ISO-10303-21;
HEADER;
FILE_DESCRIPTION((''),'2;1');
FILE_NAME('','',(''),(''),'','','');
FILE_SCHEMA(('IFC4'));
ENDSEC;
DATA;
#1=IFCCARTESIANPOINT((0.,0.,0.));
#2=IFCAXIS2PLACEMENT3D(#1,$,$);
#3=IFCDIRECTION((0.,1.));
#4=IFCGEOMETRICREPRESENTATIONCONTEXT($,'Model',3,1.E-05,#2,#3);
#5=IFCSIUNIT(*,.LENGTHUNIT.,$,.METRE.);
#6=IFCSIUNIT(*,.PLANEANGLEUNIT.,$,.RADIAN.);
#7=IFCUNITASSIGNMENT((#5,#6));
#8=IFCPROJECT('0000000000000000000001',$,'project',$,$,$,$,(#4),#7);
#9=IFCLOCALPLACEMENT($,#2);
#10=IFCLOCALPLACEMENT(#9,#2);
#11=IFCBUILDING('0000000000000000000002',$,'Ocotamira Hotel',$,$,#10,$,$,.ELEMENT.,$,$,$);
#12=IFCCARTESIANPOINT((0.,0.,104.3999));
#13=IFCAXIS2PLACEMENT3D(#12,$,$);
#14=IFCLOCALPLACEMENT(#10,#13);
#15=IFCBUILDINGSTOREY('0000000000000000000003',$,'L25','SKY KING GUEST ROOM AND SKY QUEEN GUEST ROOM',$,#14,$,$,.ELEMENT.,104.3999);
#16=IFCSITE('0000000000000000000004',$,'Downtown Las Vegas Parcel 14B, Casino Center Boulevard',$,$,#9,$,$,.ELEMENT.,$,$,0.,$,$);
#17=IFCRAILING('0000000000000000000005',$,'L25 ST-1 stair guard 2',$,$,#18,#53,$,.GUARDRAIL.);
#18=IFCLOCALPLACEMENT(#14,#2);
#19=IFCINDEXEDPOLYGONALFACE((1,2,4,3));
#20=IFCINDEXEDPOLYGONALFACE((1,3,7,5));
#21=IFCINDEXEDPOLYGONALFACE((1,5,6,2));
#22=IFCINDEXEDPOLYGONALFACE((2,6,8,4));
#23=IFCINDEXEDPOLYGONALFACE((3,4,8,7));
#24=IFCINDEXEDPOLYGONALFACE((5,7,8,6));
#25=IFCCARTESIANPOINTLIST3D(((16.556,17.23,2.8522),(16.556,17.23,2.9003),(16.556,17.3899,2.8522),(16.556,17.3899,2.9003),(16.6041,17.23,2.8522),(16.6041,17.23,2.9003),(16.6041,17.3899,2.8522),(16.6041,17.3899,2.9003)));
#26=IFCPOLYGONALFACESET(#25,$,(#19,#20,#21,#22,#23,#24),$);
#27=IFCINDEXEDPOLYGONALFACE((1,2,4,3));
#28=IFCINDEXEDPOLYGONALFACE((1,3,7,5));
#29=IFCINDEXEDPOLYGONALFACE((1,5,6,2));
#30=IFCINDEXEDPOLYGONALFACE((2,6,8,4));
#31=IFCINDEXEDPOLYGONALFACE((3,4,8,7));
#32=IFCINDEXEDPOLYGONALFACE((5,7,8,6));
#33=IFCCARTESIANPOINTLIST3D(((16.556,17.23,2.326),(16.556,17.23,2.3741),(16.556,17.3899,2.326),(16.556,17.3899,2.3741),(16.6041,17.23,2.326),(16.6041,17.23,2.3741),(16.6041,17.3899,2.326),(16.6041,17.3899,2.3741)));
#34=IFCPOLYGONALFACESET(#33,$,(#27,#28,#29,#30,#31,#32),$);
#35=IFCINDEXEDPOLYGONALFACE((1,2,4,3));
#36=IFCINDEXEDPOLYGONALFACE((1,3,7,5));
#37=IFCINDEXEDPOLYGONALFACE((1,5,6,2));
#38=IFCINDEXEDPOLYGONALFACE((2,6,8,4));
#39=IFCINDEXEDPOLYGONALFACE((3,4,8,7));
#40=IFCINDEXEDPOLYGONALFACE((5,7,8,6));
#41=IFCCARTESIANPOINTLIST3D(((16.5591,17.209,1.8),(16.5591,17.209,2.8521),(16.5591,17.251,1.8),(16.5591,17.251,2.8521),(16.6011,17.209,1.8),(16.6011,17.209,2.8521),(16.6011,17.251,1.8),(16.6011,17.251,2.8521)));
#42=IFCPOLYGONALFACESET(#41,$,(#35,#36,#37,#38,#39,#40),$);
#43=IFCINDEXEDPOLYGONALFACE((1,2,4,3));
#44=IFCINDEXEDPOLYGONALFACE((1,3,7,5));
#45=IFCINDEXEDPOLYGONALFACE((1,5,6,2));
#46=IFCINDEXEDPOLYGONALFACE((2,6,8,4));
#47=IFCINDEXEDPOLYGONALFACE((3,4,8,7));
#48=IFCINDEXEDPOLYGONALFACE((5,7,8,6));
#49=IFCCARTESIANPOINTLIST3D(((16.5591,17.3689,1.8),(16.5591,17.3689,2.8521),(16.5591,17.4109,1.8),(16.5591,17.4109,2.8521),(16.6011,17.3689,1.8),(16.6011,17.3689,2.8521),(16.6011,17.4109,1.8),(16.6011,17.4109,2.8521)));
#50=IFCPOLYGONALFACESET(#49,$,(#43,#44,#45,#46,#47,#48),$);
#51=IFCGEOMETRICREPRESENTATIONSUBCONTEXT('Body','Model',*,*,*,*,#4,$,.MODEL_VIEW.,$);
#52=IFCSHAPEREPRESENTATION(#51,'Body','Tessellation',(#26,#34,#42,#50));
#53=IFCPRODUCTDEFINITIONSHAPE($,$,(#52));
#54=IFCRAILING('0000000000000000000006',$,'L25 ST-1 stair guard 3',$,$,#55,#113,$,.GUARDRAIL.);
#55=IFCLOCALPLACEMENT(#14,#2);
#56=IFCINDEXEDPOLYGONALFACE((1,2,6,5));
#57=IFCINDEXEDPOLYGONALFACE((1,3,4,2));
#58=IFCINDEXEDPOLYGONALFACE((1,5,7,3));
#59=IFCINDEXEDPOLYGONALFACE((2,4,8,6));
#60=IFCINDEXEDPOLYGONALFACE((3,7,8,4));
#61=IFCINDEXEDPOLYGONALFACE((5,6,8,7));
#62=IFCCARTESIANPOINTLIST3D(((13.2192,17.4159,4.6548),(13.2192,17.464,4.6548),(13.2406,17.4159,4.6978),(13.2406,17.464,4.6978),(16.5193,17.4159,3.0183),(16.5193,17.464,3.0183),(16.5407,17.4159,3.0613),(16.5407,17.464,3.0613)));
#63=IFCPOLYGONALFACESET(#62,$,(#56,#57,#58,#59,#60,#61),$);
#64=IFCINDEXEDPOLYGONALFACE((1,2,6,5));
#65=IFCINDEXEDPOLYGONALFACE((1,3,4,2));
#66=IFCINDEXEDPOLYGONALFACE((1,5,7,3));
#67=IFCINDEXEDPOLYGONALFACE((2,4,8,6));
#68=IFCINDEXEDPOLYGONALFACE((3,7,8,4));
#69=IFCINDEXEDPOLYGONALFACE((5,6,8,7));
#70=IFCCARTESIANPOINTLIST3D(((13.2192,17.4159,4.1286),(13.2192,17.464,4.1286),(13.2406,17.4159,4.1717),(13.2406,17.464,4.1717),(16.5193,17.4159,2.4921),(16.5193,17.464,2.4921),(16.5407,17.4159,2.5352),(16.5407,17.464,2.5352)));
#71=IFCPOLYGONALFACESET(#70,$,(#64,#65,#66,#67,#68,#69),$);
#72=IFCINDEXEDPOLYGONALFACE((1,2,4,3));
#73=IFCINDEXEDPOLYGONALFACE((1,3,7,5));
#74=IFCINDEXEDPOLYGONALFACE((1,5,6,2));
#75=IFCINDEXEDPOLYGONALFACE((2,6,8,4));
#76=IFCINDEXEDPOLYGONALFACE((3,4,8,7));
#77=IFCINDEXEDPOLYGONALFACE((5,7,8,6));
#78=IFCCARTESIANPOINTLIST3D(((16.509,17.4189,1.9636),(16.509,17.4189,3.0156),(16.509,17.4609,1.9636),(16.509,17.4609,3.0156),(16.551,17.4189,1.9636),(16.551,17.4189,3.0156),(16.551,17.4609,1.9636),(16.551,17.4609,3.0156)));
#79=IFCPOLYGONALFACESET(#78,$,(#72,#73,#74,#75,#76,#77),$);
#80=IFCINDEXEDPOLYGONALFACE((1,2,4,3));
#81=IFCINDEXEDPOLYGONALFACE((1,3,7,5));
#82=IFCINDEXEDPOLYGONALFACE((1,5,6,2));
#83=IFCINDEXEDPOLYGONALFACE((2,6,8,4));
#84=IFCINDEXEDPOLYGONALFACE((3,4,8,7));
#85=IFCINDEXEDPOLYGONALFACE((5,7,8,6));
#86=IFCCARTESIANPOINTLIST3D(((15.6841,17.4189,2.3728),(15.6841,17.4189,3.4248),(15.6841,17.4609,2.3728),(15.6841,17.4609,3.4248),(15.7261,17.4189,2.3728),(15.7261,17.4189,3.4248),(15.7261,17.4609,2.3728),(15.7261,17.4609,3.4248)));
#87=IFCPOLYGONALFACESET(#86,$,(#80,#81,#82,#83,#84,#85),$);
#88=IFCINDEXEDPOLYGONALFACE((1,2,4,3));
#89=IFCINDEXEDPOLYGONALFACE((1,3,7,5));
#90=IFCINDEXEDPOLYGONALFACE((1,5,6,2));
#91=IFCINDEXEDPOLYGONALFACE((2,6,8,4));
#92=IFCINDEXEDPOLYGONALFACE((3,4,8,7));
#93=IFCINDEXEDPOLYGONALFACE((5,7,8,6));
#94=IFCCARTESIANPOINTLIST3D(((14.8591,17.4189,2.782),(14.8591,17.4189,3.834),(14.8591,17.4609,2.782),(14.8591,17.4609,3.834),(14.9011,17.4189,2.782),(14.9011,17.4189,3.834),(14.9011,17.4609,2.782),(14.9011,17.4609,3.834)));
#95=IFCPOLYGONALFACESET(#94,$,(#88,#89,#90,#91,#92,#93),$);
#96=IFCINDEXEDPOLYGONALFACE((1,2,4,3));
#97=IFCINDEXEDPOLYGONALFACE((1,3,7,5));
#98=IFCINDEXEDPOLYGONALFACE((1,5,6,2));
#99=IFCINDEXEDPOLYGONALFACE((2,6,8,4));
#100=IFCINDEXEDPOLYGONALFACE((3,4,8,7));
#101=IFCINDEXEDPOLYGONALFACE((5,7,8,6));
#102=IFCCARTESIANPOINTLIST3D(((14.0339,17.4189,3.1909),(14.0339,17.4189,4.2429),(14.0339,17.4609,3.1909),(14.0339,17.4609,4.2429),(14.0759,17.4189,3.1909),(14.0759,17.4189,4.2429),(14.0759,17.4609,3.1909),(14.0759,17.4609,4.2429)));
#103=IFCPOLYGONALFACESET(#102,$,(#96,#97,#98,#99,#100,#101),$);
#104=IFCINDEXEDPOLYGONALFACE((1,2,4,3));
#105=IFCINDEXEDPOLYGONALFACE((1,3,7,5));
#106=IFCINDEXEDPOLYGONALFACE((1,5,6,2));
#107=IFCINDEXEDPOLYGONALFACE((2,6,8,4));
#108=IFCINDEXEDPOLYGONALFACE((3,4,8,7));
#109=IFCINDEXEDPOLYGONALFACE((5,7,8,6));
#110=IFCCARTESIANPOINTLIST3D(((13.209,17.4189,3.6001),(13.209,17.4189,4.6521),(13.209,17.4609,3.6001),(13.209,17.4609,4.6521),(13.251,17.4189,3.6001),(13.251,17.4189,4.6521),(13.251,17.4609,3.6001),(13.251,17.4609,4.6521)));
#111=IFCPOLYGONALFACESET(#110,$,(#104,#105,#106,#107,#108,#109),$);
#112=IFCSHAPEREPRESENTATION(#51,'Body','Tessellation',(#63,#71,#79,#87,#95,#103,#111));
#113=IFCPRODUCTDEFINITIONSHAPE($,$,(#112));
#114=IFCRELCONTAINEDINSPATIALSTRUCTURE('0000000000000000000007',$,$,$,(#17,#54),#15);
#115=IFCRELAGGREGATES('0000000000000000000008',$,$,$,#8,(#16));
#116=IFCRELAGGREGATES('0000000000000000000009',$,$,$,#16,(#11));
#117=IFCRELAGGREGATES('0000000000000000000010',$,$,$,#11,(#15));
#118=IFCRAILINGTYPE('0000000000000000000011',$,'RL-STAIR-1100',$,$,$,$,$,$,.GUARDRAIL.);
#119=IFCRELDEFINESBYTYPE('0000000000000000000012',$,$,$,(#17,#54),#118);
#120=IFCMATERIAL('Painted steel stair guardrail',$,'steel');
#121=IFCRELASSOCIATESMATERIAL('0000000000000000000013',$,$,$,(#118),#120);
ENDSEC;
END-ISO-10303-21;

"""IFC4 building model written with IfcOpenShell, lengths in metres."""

from ifc_helpers import new_model, si_unit, direction, frame, origin, origin_2d, place, context, subcontext, project, spatial, rectangle, extrude, material, type_object, element, save


model = new_model("IFC4")

# Units and contexts
model_context = context("Model", 3, precision=1e-05, world=origin(), true_north=direction((0.0, 1.0)))
body_context = subcontext(model_context, "Body", "Model", "MODEL_VIEW")
ifc_project = project(units=[si_unit("LENGTHUNIT", "METRE"), si_unit("PLANEANGLEUNIT", "RADIAN")], contexts=[model_context])

# Site, building, storey
site_placement = place(None, origin())
site = spatial("IfcSite", under=ifc_project, at=site_placement, Name="Downtown Las Vegas Parcel 14B, Casino Center Boulevard", CompositionType="ELEMENT", RefElevation=0.0)
building_placement = place(site_placement, origin())
building = spatial("IfcBuilding", under=site, at=building_placement, Name="Ocotamira Hotel", CompositionType="ELEMENT")
storey_placement = place(building_placement, frame((0.0, 0.0, 104.3999)))
storey = spatial("IfcBuildingStorey", under=building, at=storey_placement, Name="L25", Description="SKY KING GUEST ROOM AND SKY QUEEN GUEST ROOM", CompositionType="ELEMENT", Elevation=104.3999)

# Railings
ifc_material_1 = material(Name="Painted steel stair guardrail", Category="steel")
railing_type_1 = type_object("IfcRailingType", Name="RL-STAIR-1100", PredefinedType="GUARDRAIL", material=ifc_material_1)
railing_1_placement = place(storey_placement, frame((16.5801, 17.23, 1.8)))
element("IfcRailing", 1, at=railing_1_placement, inside=storey, type_object=railing_type_1, Name="L25 ST-1 stair guard 2", PredefinedType="GUARDRAIL", context=body_context, shape_type="SweptSolid", body=[
    extrude(rectangle(XDim=0.0481, YDim=0.0481, at=origin_2d()), frame((0.0, 0.0, 1.0762), z_axis=(0.0, 1.0, 0.0), x_axis=(-1.0, 0.0, 0.0)), (0.0, 0.0, 1.0), 0.1599),
    extrude(rectangle(XDim=0.0481, YDim=0.0481, at=origin_2d()), frame((0.0, 0.0, 0.55), z_axis=(0.0, 1.0, 0.0), x_axis=(-1.0, 0.0, 0.0)), (0.0, 0.0, 1.0), 0.1599),
    extrude(rectangle(XDim=0.042, YDim=0.042, at=origin_2d()), origin(), (0.0, 0.0, 1.0), 1.052),
    extrude(rectangle(XDim=0.042, YDim=0.042, at=origin_2d()), frame((0.0, 0.1599, 0.0)), (0.0, 0.0, 1.0), 1.052),
])
railing_2_placement = place(storey_placement, frame((16.53, 17.4399, 1.9636)))
element("IfcRailing", 2, at=railing_2_placement, inside=storey, type_object=railing_type_1, Name="L25 ST-1 stair guard 3", PredefinedType="GUARDRAIL", context=body_context, shape_type="SweptSolid", body=[
    extrude(rectangle(XDim=0.0481, YDim=0.0481, at=origin_2d()), frame((0.0, 0.0, 1.0762), z_axis=(-0.895894, 0.0, 0.444268), x_axis=(0.0, -1.0, 0.0)), (0.0, 0.0, 1.0), 3.6836),
    extrude(rectangle(XDim=0.0481, YDim=0.0481, at=origin_2d()), frame((0.0, 0.0, 0.55), z_axis=(-0.895894, 0.0, 0.444268), x_axis=(0.0, -1.0, 0.0)), (0.0, 0.0, 1.0), 3.6836),
    extrude(rectangle(XDim=0.042, YDim=0.042, at=origin_2d()), origin(), (0.0, 0.0, 1.0), 1.052),
    extrude(rectangle(XDim=0.042, YDim=0.042, at=origin_2d()), frame((-0.825, 0.0, 0.4092)), (0.0, 0.0, 1.0), 1.052),
    extrude(rectangle(XDim=0.042, YDim=0.042, at=origin_2d()), frame((-1.6499, 0.0, 0.8184)), (0.0, 0.0, 1.0), 1.052),
    extrude(rectangle(XDim=0.042, YDim=0.042, at=origin_2d()), frame((-2.4751, 0.0, 1.2273)), (0.0, 0.0, 1.0), 1.052),
    extrude(rectangle(XDim=0.042, YDim=0.042, at=origin_2d()), frame((-3.3, 0.0, 1.6365)), (0.0, 0.0, 1.0), 1.052),
])

save(model, "model.ifc")
